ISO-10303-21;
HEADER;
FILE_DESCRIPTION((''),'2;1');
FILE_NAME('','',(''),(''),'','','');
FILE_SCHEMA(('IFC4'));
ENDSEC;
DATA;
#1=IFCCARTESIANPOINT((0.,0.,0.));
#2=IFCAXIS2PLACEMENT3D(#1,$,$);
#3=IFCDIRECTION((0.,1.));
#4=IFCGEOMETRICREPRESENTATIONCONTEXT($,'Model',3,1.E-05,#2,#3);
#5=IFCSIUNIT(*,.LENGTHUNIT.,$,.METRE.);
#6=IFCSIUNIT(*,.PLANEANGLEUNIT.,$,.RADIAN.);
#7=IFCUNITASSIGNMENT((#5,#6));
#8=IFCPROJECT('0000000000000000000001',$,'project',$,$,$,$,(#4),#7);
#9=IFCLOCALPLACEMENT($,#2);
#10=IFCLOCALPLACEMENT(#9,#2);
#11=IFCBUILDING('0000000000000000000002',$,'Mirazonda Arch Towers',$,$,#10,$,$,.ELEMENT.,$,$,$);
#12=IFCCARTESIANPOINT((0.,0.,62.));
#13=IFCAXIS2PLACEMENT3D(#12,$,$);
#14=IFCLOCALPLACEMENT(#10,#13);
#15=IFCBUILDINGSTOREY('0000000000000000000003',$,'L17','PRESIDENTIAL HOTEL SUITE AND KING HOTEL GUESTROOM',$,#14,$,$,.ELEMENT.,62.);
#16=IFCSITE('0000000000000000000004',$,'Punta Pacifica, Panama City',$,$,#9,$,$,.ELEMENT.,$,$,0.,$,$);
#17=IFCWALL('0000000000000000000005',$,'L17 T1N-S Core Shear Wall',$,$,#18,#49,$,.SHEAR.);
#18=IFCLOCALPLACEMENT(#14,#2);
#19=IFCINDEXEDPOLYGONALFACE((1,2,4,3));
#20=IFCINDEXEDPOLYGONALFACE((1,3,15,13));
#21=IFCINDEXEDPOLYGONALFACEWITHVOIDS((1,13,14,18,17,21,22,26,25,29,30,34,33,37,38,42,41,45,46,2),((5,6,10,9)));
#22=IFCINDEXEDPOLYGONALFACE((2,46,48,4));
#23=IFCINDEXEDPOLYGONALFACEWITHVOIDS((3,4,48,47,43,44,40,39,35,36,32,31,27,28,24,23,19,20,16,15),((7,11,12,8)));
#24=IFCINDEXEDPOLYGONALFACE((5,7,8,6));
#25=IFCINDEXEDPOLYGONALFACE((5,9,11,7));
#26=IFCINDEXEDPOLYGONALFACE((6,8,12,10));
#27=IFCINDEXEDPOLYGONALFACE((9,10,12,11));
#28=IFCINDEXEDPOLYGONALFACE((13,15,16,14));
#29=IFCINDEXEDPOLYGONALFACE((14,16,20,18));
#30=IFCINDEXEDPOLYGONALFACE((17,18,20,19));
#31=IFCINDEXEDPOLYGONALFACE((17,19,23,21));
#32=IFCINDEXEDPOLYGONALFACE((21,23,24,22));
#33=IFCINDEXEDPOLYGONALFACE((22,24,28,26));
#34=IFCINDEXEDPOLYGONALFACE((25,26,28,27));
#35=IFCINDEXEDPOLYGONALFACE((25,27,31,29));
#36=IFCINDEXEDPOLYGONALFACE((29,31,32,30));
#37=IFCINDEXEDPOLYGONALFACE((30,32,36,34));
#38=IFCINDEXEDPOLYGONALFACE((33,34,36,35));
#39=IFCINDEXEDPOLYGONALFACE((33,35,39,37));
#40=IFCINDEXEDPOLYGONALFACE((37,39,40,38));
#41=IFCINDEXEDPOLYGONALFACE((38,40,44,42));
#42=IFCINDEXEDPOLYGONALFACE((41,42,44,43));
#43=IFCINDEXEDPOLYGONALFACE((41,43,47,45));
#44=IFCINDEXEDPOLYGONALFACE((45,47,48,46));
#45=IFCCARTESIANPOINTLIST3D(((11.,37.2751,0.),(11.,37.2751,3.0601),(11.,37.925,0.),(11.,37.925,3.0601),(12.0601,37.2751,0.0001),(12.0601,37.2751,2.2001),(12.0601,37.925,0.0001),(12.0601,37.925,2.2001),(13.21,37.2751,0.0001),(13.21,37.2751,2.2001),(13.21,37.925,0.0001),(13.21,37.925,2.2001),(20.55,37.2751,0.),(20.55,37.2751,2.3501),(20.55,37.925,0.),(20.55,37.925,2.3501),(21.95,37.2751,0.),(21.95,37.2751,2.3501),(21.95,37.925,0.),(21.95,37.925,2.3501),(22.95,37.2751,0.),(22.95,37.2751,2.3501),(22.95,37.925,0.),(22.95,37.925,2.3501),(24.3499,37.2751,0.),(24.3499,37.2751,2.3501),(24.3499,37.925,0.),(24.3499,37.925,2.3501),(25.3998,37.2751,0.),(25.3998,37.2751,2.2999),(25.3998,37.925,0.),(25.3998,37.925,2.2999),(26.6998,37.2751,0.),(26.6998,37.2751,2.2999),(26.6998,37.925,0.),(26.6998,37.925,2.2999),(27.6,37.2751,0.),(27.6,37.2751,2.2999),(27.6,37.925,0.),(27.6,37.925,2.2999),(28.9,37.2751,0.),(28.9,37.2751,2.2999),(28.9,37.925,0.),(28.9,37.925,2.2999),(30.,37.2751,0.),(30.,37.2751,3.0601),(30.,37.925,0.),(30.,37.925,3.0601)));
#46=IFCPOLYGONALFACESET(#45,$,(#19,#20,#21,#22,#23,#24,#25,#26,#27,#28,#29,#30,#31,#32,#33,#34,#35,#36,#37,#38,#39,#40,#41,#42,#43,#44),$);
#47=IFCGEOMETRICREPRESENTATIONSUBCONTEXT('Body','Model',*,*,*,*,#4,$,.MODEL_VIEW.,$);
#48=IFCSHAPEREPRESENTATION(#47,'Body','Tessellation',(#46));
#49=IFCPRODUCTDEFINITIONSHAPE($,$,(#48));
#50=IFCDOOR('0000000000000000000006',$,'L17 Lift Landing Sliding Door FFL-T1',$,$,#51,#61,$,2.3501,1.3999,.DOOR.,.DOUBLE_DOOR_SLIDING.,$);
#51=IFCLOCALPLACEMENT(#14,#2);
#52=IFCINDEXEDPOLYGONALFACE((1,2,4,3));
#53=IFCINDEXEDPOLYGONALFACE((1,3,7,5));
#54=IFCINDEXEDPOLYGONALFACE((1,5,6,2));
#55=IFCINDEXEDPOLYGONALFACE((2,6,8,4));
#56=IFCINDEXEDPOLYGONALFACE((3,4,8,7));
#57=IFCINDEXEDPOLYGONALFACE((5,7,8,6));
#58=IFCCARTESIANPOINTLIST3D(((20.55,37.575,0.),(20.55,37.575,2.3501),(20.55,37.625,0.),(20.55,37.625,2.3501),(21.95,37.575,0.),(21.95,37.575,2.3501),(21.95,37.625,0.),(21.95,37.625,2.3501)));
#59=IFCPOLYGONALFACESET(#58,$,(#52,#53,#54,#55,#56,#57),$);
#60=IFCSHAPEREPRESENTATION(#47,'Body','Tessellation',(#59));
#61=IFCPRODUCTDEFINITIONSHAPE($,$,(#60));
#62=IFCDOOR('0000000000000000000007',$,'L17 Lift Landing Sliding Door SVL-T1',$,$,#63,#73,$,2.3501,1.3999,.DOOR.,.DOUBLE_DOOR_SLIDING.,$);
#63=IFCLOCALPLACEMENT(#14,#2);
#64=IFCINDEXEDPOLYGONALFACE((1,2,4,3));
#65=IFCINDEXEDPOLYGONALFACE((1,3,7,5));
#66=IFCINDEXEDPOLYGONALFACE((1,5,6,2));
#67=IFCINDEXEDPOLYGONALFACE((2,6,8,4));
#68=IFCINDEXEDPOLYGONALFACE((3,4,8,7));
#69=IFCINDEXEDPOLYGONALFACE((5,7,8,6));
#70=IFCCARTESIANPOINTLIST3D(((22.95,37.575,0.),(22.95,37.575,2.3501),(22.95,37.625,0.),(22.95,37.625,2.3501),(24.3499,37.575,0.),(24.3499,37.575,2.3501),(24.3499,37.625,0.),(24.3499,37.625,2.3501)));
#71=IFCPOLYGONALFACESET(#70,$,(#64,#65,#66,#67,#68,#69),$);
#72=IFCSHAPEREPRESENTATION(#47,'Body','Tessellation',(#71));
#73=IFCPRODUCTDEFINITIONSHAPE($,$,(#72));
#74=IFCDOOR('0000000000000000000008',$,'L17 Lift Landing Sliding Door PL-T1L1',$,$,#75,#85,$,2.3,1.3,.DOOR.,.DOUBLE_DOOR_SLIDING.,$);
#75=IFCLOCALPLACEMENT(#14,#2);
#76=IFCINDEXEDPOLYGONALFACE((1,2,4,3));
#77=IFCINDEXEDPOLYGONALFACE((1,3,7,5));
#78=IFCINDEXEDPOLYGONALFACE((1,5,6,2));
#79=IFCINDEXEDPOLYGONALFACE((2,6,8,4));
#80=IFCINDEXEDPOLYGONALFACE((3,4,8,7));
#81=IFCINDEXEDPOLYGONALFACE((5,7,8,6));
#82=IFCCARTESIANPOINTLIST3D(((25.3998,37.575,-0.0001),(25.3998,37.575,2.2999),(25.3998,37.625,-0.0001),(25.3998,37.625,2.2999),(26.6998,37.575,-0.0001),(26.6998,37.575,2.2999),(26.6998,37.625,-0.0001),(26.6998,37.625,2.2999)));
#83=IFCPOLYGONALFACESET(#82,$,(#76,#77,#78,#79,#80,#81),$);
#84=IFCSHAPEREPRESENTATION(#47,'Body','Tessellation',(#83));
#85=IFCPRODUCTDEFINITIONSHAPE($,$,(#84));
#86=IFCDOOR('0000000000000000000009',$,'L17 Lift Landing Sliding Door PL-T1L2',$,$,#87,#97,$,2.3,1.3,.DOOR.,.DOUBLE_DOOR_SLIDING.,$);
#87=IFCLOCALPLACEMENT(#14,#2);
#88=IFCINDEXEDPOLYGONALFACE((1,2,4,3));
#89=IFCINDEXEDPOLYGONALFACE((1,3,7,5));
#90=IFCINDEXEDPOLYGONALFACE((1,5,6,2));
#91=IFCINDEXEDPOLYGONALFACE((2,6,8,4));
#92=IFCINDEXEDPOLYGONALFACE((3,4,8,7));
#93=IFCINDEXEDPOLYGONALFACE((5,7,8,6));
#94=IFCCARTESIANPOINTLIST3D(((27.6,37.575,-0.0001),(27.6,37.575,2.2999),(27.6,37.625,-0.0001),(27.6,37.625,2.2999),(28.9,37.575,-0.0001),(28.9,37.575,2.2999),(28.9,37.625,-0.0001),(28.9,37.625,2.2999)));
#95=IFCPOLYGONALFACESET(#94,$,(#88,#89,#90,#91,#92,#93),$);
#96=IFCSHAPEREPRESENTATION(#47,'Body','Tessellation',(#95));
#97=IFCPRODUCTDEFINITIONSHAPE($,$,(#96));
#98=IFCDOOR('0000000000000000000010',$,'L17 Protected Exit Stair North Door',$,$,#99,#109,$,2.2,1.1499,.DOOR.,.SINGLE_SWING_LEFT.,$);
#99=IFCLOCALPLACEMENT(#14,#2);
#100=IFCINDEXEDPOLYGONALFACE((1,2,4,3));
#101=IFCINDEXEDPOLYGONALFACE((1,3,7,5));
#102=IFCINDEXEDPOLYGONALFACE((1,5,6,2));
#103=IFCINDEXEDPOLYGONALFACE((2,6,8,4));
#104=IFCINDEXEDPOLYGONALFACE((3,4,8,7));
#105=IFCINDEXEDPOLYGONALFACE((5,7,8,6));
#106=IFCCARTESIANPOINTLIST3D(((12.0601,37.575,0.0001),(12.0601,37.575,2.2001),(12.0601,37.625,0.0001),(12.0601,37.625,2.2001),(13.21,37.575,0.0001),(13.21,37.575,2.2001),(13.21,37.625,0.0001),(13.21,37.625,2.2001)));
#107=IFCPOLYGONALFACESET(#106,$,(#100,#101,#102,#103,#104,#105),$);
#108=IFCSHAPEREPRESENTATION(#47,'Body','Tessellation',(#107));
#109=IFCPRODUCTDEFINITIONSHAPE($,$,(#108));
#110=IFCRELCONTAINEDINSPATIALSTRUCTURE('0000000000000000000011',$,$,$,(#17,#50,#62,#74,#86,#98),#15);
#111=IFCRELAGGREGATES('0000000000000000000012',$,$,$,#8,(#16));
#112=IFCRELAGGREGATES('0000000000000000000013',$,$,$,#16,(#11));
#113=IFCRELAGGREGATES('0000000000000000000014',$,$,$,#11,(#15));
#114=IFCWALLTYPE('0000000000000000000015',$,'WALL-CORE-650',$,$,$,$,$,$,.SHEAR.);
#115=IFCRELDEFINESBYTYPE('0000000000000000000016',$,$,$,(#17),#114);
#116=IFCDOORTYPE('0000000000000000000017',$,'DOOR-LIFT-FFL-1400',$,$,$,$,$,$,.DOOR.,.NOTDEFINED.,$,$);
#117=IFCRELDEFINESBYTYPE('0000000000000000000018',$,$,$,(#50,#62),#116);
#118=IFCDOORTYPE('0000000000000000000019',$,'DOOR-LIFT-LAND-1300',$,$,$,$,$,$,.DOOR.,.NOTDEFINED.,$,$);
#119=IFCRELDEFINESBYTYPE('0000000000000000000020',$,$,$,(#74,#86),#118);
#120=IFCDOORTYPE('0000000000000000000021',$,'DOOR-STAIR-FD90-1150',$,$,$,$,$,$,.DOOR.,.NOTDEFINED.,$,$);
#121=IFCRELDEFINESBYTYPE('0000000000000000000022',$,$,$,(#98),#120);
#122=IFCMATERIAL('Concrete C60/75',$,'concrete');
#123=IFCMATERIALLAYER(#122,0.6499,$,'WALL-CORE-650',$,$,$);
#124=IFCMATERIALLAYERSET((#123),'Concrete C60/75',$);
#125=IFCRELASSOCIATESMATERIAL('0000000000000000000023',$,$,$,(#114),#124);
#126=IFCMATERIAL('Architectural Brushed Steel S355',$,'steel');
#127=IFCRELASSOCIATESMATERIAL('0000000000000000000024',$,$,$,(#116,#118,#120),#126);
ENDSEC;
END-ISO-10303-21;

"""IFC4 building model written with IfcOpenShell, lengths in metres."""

from ifc_helpers import new_model, si_unit, direction, frame, frame_2d, origin, place, context, subcontext, project, spatial, rectangle, extrude, material, layer, layer_set, type_object, element, fill, save


model = new_model("IFC4")

# Units and contexts
model_context = context("Model", 3, precision=1e-05, world=origin(), true_north=direction((0.0, 1.0)))
body_context = subcontext(model_context, "Body", "Model", "MODEL_VIEW")
ifc_project = project(units=[si_unit("LENGTHUNIT", "METRE"), si_unit("PLANEANGLEUNIT", "RADIAN")], contexts=[model_context])

# Site, building, storey
site_placement = place(None, origin())
site = spatial("IfcSite", under=ifc_project, at=site_placement, Name="Punta Pacifica, Panama City", CompositionType="ELEMENT", RefElevation=0.0)
building_placement = place(site_placement, origin())
building = spatial("IfcBuilding", under=site, at=building_placement, Name="Mirazonda Arch Towers", CompositionType="ELEMENT")
storey_placement = place(building_placement, frame((0.0, 0.0, 62.0)))
storey = spatial("IfcBuildingStorey", under=building, at=storey_placement, Name="L17", Description="PRESIDENTIAL HOTEL SUITE AND KING HOTEL GUESTROOM", CompositionType="ELEMENT", Elevation=62.0)

# Shared definitions
ifc_material_1 = material(Name="Concrete C60/75", Category="concrete")

# Shared definitions
ifc_layer_1 = layer(ifc_material_1, 0.6499, Name="WALL-CORE-650")
ifc_layer_set_1 = layer_set([ifc_layer_1], Name="Concrete C60/75")
wall_type_1 = type_object("IfcWallType", Name="WALL-CORE-650", PredefinedType="SHEAR", material=ifc_layer_set_1)

# Wall, openings, doors
wall_1_placement = place(storey_placement, frame((11.0, 37.6001, 0.0), z_axis=(0.0, 0.0, 1.0), x_axis=(1.0, 0.0, 0.0)))
wall_1 = element("IfcWall", 1, at=wall_1_placement, inside=storey, type_object=wall_type_1, Name="L17 T1N-S Core Shear Wall", PredefinedType="SHEAR", context=body_context, shape_type="SweptSolid", body=[
    extrude(rectangle(XDim=19.0, YDim=0.6499, at=frame_2d((9.5, 0.0))), origin(), (0.0, 0.0, 1.0), 3.0601),
])
opening_1_placement = place(wall_1_placement, frame((1.0601, 0.0, 0.0)))
opening_1 = element("IfcOpeningElement", 2, at=opening_1_placement, cuts=wall_1, PredefinedType="OPENING", context=body_context, shape_type="SweptSolid", body=[
    extrude(rectangle(XDim=1.1499, YDim=2.2, at=frame_2d((0.575, 1.1001))), frame((0.0, 0.335, 0.0), z_axis=(0.0, -1.0, 0.0), x_axis=(1.0, 0.0, 0.0)), (0.0, 0.0, 1.0), 0.6699),
])
opening_2_placement = place(wall_1_placement, frame((9.55, 0.0, 0.0)))
opening_2 = element("IfcOpeningElement", 3, at=opening_2_placement, cuts=wall_1, PredefinedType="OPENING", context=body_context, shape_type="SweptSolid", body=[
    extrude(rectangle(XDim=1.3999, YDim=2.3501, at=frame_2d((0.7, 1.175))), frame((0.0, 0.335, 0.0), z_axis=(0.0, -1.0, 0.0), x_axis=(1.0, 0.0, 0.0)), (0.0, 0.0, 1.0), 0.6699),
])
opening_3_placement = place(wall_1_placement, frame((11.95, 0.0, 0.0)))
opening_3 = element("IfcOpeningElement", 4, at=opening_3_placement, cuts=wall_1, PredefinedType="OPENING", context=body_context, shape_type="SweptSolid", body=[
    extrude(rectangle(XDim=1.3999, YDim=2.3501, at=frame_2d((0.7, 1.175))), frame((0.0, 0.335, 0.0), z_axis=(0.0, -1.0, 0.0), x_axis=(1.0, 0.0, 0.0)), (0.0, 0.0, 1.0), 0.6699),
])
opening_4_placement = place(wall_1_placement, frame((14.3999, 0.0, 0.0)))
opening_4 = element("IfcOpeningElement", 5, at=opening_4_placement, cuts=wall_1, PredefinedType="OPENING", context=body_context, shape_type="SweptSolid", body=[
    extrude(rectangle(XDim=1.3, YDim=2.3, at=frame_2d((0.6499, 1.1499))), frame((0.0, 0.335, 0.0), z_axis=(0.0, -1.0, 0.0), x_axis=(1.0, 0.0, 0.0)), (0.0, 0.0, 1.0), 0.6699),
])
opening_5_placement = place(wall_1_placement, frame((16.6001, 0.0, 0.0)))
opening_5 = element("IfcOpeningElement", 6, at=opening_5_placement, cuts=wall_1, PredefinedType="OPENING", context=body_context, shape_type="SweptSolid", body=[
    extrude(rectangle(XDim=1.3, YDim=2.3, at=frame_2d((0.6499, 1.1499))), frame((0.0, 0.335, 0.0), z_axis=(0.0, -1.0, 0.0), x_axis=(1.0, 0.0, 0.0)), (0.0, 0.0, 1.0), 0.6699),
])
ifc_material_2 = material(Name="Architectural Brushed Steel S355", Category="steel")
door_type_1 = type_object("IfcDoorType", Name="DOOR-LIFT-FFL-1400", OperationType="NOTDEFINED", PredefinedType="DOOR", material=ifc_material_2)
door_1_placement = place(opening_2_placement, origin())
door_1 = element("IfcDoor", 7, at=door_1_placement, inside=storey, type_object=door_type_1, Name="L17 Lift Landing Sliding Door FFL-T1", OperationType="DOUBLE_DOOR_SLIDING", OverallHeight=2.3501, OverallWidth=1.3999, PredefinedType="DOOR", context=body_context, shape_type="SweptSolid", body=[
    extrude(rectangle(XDim=1.3999, YDim=2.3501, at=frame_2d((0.7, 1.175))), frame((0.0, 0.0249, 0.0), z_axis=(0.0, -1.0, 0.0), x_axis=(1.0, 0.0, 0.0)), (0.0, 0.0, 1.0), 0.05),
])
fill(opening_2, door_1)
door_2_placement = place(opening_3_placement, origin())
door_2 = element("IfcDoor", 8, at=door_2_placement, inside=storey, type_object=door_type_1, Name="L17 Lift Landing Sliding Door SVL-T1", OperationType="DOUBLE_DOOR_SLIDING", OverallHeight=2.3501, OverallWidth=1.3999, PredefinedType="DOOR", context=body_context, shape_type="SweptSolid", body=[
    extrude(rectangle(XDim=1.3999, YDim=2.3501, at=frame_2d((0.7, 1.175))), frame((0.0, 0.0249, 0.0), z_axis=(0.0, -1.0, 0.0), x_axis=(1.0, 0.0, 0.0)), (0.0, 0.0, 1.0), 0.05),
])
fill(opening_3, door_2)
door_type_2 = type_object("IfcDoorType", Name="DOOR-LIFT-LAND-1300", OperationType="NOTDEFINED", PredefinedType="DOOR", material=ifc_material_2)
door_3_placement = place(opening_4_placement, origin())
door_3 = element("IfcDoor", 9, at=door_3_placement, inside=storey, type_object=door_type_2, Name="L17 Lift Landing Sliding Door PL-T1L1", OperationType="DOUBLE_DOOR_SLIDING", OverallHeight=2.3, OverallWidth=1.3, PredefinedType="DOOR", context=body_context, shape_type="SweptSolid", body=[
    extrude(rectangle(XDim=1.3, YDim=2.3, at=frame_2d((0.6499, 1.1499))), frame((0.0, 0.0249, 0.0), z_axis=(0.0, -1.0, 0.0), x_axis=(1.0, 0.0, 0.0)), (0.0, 0.0, 1.0), 0.05),
])
fill(opening_4, door_3)
door_4_placement = place(opening_5_placement, origin())
door_4 = element("IfcDoor", 10, at=door_4_placement, inside=storey, type_object=door_type_2, Name="L17 Lift Landing Sliding Door PL-T1L2", OperationType="DOUBLE_DOOR_SLIDING", OverallHeight=2.3, OverallWidth=1.3, PredefinedType="DOOR", context=body_context, shape_type="SweptSolid", body=[
    extrude(rectangle(XDim=1.3, YDim=2.3, at=frame_2d((0.6499, 1.1499))), frame((0.0, 0.0249, 0.0), z_axis=(0.0, -1.0, 0.0), x_axis=(1.0, 0.0, 0.0)), (0.0, 0.0, 1.0), 0.05),
])
fill(opening_5, door_4)
door_type_3 = type_object("IfcDoorType", Name="DOOR-STAIR-FD90-1150", OperationType="NOTDEFINED", PredefinedType="DOOR", material=ifc_material_2)
door_5_placement = place(opening_1_placement, origin())
door_5 = element("IfcDoor", 11, at=door_5_placement, inside=storey, type_object=door_type_3, Name="L17 Protected Exit Stair North Door", OperationType="SINGLE_SWING_LEFT", OverallHeight=2.2, OverallWidth=1.1499, PredefinedType="DOOR", context=body_context, shape_type="SweptSolid", body=[
    extrude(rectangle(XDim=1.1499, YDim=2.2, at=frame_2d((0.575, 1.1001))), frame((0.0, 0.0249, 0.0), z_axis=(0.0, -1.0, 0.0), x_axis=(1.0, 0.0, 0.0)), (0.0, 0.0, 1.0), 0.05),
])
fill(opening_1, door_5)

save(model, "model.ifc")
